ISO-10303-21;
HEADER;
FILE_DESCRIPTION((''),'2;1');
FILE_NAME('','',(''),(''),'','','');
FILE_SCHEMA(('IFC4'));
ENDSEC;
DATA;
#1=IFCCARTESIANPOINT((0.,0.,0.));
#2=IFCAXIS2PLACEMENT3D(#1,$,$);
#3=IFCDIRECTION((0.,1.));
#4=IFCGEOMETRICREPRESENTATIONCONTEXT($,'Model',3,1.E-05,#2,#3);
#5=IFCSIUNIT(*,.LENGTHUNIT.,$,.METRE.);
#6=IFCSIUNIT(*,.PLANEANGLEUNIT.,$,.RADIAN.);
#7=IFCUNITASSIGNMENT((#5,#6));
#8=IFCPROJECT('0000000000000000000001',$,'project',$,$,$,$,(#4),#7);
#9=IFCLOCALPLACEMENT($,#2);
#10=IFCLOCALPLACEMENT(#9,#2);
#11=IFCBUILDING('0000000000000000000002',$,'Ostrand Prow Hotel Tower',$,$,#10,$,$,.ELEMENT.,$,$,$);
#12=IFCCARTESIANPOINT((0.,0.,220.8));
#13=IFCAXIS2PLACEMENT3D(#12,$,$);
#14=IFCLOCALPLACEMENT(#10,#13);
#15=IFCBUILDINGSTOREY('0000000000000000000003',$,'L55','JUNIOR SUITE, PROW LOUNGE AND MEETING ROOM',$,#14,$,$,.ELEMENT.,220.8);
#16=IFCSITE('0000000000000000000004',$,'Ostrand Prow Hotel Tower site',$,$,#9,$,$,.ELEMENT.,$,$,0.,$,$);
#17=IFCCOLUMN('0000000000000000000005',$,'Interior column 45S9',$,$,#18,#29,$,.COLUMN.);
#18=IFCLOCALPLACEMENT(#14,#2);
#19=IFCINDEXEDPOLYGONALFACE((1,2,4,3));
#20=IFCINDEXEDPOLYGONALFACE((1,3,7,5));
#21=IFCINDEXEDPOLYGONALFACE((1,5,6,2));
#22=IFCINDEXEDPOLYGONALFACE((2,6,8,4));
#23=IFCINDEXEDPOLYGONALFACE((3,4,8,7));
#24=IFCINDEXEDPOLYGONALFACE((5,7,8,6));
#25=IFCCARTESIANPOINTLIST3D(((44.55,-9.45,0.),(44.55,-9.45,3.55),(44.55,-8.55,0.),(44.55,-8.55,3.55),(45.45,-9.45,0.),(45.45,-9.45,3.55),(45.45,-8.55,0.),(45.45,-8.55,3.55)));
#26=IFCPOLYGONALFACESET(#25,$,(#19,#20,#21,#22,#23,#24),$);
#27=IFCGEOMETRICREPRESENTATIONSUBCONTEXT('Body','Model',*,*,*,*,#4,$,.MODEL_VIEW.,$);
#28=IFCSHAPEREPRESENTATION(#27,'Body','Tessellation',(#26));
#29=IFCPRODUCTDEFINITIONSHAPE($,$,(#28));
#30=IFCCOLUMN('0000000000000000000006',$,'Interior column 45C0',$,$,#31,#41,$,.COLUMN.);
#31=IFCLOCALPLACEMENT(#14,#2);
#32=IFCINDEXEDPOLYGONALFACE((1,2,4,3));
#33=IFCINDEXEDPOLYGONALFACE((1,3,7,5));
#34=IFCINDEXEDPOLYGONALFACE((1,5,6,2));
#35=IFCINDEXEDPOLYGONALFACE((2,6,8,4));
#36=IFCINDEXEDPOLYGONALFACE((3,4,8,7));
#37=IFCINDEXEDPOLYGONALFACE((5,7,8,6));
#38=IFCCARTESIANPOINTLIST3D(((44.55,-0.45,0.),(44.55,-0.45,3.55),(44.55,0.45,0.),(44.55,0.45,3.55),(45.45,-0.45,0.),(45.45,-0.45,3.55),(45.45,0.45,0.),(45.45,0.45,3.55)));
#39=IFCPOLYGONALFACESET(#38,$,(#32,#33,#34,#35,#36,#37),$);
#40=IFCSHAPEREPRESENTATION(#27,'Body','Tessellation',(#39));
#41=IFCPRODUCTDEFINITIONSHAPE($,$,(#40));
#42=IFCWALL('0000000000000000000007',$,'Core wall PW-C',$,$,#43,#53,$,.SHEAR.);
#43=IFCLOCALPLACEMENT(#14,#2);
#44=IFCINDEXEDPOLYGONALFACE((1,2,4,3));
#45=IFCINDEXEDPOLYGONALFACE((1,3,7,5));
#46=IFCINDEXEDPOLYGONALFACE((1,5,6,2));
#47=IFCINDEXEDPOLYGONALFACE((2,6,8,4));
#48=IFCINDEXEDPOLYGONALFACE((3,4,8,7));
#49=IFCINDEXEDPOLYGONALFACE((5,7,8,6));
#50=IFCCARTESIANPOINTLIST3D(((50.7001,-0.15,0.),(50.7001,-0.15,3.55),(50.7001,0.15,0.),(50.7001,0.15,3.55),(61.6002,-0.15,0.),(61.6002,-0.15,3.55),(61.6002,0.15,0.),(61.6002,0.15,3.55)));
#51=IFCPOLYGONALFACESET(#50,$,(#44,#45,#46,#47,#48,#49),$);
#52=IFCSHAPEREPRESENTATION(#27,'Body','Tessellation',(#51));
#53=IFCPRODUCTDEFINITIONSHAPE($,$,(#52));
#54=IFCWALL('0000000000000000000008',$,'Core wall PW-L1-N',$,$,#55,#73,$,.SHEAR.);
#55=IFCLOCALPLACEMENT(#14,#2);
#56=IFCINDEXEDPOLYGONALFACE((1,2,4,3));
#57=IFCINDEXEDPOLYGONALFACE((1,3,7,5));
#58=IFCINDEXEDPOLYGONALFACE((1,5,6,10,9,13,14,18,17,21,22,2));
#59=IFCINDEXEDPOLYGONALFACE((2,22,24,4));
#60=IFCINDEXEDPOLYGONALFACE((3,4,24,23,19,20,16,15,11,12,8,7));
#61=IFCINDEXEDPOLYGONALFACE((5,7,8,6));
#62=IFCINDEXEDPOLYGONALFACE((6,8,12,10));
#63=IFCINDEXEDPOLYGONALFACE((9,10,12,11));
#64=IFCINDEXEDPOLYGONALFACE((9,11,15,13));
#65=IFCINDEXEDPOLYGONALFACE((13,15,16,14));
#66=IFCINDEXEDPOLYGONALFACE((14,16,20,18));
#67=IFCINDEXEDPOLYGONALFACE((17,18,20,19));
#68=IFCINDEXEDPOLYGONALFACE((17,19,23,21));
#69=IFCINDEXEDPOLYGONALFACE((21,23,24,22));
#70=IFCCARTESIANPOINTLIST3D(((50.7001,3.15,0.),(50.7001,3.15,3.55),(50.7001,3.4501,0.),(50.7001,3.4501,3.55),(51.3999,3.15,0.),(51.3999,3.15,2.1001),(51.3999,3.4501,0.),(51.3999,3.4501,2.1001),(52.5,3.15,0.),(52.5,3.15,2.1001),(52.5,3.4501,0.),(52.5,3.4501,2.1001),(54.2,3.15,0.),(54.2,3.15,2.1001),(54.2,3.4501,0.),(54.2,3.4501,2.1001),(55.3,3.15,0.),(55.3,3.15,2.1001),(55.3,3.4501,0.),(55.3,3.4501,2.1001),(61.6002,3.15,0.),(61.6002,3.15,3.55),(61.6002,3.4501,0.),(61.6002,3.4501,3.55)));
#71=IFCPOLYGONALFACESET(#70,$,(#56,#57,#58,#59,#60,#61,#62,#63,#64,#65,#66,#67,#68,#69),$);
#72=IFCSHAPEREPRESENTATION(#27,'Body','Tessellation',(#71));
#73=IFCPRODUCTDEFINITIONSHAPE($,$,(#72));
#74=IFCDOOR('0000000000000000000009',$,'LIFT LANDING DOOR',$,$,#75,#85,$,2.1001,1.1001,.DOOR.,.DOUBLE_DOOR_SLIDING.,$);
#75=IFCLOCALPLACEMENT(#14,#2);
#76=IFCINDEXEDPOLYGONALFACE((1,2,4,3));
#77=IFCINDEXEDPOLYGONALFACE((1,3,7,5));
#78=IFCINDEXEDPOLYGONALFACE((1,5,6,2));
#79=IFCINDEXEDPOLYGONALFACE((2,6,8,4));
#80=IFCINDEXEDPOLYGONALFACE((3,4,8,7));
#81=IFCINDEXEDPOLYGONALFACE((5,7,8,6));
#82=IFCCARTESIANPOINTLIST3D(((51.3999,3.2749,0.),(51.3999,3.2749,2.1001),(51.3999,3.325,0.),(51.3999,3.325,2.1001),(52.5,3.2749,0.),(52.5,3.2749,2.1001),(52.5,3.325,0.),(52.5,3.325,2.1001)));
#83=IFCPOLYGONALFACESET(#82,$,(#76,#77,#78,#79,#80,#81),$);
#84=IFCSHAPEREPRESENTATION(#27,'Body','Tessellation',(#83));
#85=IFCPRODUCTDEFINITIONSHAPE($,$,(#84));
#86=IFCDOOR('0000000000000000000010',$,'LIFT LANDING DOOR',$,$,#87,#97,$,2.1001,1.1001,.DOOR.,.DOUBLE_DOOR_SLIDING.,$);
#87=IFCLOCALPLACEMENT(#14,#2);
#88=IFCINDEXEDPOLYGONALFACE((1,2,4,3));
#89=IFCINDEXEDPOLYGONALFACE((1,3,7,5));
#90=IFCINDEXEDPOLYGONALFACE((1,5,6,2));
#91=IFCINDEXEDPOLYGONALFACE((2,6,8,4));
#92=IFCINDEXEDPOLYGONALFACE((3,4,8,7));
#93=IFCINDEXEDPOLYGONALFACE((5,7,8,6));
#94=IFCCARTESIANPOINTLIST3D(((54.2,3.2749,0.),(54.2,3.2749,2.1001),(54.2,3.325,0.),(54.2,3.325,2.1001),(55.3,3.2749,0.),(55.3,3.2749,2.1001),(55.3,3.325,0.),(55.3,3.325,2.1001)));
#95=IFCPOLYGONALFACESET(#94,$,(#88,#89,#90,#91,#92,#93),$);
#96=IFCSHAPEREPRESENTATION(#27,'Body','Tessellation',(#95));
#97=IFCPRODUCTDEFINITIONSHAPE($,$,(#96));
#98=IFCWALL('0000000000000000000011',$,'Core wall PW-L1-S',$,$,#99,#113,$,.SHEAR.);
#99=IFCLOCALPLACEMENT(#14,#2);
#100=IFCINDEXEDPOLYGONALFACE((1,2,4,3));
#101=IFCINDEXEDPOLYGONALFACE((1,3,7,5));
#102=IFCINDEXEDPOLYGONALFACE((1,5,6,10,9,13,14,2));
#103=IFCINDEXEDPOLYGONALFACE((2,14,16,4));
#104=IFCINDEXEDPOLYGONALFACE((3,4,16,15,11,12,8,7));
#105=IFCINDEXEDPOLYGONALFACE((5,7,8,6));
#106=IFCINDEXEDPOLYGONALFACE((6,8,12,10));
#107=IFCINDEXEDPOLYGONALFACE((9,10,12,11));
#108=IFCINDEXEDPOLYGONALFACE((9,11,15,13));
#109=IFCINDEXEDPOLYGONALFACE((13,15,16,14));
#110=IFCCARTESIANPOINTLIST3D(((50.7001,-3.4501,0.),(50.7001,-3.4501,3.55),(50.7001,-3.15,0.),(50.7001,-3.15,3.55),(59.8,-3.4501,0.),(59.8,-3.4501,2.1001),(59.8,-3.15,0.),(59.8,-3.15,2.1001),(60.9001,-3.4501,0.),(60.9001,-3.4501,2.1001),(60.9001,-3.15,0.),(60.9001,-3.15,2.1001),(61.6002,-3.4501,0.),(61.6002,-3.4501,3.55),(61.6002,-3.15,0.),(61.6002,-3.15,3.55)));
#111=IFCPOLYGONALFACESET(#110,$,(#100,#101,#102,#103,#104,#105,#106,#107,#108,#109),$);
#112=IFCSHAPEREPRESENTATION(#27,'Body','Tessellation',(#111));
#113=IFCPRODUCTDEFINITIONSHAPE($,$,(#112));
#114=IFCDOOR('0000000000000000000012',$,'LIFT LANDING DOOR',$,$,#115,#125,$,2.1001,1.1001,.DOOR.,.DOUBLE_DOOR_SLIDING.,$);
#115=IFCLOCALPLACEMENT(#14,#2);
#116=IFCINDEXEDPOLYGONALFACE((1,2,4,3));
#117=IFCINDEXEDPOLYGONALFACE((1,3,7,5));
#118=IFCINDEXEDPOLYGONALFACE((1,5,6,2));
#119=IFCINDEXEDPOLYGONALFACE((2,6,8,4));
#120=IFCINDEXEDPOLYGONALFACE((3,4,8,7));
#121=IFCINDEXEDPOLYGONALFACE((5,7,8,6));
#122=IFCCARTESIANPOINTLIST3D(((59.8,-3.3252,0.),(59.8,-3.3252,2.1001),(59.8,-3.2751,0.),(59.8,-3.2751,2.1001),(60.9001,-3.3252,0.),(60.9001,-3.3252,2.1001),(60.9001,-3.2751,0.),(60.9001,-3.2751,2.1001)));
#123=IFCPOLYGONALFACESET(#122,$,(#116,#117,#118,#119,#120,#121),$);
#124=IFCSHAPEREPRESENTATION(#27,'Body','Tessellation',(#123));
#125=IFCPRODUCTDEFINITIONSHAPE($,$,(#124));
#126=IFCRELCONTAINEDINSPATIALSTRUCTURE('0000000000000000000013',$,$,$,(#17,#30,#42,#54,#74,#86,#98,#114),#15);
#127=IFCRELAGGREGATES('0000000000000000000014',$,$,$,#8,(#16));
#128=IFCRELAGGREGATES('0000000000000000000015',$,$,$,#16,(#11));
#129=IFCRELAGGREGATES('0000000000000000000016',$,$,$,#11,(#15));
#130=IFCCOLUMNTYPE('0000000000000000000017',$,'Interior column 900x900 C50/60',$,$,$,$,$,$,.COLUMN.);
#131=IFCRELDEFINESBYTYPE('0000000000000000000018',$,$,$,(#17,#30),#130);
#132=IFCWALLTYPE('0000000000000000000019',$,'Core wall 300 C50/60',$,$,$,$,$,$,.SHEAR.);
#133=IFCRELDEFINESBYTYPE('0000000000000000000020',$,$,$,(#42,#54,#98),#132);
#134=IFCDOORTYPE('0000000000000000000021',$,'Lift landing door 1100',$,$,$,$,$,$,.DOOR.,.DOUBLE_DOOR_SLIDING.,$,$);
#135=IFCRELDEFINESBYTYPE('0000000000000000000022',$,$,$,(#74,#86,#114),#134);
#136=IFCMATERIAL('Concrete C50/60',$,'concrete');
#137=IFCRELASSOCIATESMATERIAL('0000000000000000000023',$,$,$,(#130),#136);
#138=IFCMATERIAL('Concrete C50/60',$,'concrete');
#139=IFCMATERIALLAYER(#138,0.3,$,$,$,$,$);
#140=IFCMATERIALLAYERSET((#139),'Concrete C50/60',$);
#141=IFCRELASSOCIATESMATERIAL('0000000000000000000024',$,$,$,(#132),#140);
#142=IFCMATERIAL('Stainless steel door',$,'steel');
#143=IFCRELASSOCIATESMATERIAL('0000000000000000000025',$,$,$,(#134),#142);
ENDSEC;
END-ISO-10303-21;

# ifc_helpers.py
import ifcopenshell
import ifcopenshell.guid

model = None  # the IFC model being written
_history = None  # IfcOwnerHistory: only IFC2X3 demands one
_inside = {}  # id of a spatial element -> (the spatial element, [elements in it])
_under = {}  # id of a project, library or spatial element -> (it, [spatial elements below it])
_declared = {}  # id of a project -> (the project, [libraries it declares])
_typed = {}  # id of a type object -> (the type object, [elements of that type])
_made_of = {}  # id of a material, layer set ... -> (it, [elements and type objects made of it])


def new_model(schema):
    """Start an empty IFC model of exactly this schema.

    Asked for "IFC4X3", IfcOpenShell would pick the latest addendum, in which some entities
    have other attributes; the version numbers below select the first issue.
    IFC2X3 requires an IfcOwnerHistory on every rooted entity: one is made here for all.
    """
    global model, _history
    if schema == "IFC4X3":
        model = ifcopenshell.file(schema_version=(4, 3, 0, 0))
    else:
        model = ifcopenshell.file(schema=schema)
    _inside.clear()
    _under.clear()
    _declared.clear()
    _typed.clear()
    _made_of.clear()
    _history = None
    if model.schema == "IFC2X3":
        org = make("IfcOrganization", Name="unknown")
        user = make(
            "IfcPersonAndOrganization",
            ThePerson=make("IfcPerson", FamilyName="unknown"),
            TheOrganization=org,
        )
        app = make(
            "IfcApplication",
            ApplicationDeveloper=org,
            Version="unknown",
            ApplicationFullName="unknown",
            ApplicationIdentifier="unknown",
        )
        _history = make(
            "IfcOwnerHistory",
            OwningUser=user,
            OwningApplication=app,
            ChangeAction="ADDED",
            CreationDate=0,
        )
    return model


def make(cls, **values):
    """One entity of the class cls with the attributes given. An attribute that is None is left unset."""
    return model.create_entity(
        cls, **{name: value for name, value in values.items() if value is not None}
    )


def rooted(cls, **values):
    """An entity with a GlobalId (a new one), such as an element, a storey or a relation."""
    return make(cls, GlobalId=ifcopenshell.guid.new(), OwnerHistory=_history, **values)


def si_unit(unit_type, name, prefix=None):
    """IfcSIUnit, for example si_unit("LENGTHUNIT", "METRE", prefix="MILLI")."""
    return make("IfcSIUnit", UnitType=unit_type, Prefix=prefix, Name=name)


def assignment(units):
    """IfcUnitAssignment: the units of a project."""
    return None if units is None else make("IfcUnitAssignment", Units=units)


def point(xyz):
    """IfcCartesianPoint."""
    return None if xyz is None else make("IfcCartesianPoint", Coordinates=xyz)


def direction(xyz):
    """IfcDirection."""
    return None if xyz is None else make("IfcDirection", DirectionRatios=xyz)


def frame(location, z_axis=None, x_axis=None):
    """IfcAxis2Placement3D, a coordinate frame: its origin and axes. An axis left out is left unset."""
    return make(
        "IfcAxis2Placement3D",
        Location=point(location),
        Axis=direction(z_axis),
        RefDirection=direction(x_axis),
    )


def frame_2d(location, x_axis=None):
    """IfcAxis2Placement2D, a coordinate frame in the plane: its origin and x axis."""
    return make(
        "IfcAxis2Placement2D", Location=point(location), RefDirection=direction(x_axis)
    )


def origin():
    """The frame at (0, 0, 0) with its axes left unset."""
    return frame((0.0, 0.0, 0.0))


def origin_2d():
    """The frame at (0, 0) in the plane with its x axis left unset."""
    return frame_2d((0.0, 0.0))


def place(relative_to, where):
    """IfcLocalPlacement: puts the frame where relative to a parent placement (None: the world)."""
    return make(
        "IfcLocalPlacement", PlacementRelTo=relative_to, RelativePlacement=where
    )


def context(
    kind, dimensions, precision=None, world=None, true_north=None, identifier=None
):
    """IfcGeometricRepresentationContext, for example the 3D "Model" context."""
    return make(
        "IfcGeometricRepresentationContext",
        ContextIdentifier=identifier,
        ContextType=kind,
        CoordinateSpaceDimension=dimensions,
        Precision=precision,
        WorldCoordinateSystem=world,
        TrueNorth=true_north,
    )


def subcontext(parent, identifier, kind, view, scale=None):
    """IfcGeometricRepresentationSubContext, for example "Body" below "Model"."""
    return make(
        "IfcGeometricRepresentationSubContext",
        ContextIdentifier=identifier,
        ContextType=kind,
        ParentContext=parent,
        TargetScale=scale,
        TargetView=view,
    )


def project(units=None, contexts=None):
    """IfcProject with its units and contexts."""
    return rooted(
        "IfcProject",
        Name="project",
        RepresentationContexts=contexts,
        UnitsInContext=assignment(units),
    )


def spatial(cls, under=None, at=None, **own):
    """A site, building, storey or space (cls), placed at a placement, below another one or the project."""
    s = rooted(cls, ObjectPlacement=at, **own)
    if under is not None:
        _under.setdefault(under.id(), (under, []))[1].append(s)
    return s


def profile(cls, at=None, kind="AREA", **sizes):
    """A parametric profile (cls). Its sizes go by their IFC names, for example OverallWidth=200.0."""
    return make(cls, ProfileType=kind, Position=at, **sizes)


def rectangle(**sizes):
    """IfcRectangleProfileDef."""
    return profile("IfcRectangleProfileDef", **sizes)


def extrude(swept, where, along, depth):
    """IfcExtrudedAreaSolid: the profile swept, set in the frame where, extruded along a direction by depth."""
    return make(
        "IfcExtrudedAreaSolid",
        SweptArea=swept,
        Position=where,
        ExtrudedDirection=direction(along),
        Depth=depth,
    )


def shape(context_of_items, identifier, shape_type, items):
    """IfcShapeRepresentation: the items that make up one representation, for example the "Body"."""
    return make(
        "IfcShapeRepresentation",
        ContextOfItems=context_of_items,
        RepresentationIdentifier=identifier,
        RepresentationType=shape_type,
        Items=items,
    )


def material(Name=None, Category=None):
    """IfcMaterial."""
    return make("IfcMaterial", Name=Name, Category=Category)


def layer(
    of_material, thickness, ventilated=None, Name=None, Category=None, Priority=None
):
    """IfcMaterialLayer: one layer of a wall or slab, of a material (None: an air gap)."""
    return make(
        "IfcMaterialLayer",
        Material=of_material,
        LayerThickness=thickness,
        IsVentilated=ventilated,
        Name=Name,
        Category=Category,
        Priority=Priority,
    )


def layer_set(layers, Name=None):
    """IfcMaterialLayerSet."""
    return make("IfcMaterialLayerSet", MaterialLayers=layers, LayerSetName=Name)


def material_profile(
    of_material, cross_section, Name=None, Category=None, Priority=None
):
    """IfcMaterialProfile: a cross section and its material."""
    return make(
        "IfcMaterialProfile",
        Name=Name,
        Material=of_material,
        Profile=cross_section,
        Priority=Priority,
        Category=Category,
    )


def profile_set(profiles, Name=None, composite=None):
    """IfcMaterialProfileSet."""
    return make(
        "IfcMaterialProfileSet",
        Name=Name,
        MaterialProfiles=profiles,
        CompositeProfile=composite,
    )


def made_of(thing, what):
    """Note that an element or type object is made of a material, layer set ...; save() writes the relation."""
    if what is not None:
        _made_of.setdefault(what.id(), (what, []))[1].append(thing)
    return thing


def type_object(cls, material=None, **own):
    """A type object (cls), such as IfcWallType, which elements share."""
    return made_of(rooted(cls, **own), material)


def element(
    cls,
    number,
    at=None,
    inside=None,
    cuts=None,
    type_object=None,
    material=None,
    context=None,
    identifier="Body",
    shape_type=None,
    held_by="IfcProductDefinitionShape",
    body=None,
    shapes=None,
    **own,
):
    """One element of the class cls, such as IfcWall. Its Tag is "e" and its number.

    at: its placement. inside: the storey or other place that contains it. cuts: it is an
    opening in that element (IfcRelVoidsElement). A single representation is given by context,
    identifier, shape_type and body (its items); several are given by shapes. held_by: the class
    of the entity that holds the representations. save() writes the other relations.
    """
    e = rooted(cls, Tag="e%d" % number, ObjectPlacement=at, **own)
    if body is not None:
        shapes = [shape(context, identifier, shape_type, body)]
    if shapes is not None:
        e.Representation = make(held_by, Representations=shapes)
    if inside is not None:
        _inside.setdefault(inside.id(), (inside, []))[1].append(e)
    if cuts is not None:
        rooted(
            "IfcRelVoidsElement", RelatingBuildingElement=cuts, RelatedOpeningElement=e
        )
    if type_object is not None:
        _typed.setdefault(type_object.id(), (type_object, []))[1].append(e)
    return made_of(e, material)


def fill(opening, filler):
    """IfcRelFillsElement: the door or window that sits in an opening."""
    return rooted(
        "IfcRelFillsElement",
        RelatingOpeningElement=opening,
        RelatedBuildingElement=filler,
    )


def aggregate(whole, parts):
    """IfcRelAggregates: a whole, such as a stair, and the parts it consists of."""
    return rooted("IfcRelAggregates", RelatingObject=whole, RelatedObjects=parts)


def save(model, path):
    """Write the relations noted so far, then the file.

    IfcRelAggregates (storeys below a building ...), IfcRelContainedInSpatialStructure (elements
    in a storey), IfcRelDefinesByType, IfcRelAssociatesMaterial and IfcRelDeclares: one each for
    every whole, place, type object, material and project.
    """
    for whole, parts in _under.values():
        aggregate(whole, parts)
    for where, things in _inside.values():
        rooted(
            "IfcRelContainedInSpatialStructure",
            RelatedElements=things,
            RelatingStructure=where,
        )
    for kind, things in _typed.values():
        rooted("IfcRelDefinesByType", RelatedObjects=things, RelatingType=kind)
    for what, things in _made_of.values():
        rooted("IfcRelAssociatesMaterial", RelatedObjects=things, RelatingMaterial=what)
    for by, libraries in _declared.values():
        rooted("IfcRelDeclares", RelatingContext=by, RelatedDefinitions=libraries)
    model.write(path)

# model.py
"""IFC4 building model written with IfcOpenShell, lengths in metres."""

from ifc_helpers import new_model, si_unit, direction, frame, frame_2d, origin, origin_2d, place, context, subcontext, project, spatial, rectangle, extrude, material, layer, layer_set, material_profile, profile_set, type_object, element, fill, save


model = new_model("IFC4")

# Units and contexts
model_context = context("Model", 3, precision=1e-05, world=origin(), true_north=direction((0.0, 1.0)))
body_context = subcontext(model_context, "Body", "Model", "MODEL_VIEW")
ifc_project = project(units=[si_unit("LENGTHUNIT", "METRE"), si_unit("PLANEANGLEUNIT", "RADIAN")], contexts=[model_context])

# Site, building, storey
site_placement = place(None, origin())
site = spatial("IfcSite", under=ifc_project, at=site_placement, Name="Ostrand Prow Hotel Tower site", CompositionType="ELEMENT", RefElevation=0.0)
building_placement = place(site_placement, origin())
building = spatial("IfcBuilding", under=site, at=building_placement, Name="Ostrand Prow Hotel Tower", CompositionType="ELEMENT")
storey_placement = place(building_placement, frame((0.0, 0.0, 220.8)))
storey = spatial("IfcBuildingStorey", under=building, at=storey_placement, Name="L55", Description="JUNIOR SUITE, PROW LOUNGE AND MEETING ROOM", CompositionType="ELEMENT", Elevation=220.8)

# Columns
ifc_material_1 = material(Name="Concrete C50/60", Category="concrete")
ifc_material_profile = material_profile(ifc_material_1, rectangle(XDim=0.8999, YDim=0.8999, at=origin_2d()), Name="RC 900x900")
ifc_profile_set = profile_set([ifc_material_profile], Name="Concrete C50/60")
column_type = type_object("IfcColumnType", Name="Interior column 900x900 C50/60", PredefinedType="COLUMN", material=ifc_profile_set)
for number, where, z_axis, x_axis, name in (
    (1, (45.0, -9.0, 0.0), (0.0, 0.0, 1.0), (1.0, 0.0, 0.0), "Interior column 45S9"),
    (2, (45.0, 0.0, 0.0), (0.0, 0.0, 1.0), (1.0, 0.0, 0.0), "Interior column 45C0"),
):
    element("IfcColumn", number, at=place(storey_placement, frame(where, z_axis=z_axis, x_axis=x_axis)), inside=storey, type_object=column_type, Name=name, PredefinedType="COLUMN", context=body_context, shape_type="SweptSolid", body=[
        extrude(rectangle(XDim=0.8999, YDim=0.8999, at=origin_2d()), origin(), (0.0, 0.0, 1.0), 3.55),
    ])

# Wall
ifc_material_2 = material(Name="Concrete C50/60", Category="concrete")
ifc_layer_1 = layer(ifc_material_2, 0.3)
ifc_layer_set_1 = layer_set([ifc_layer_1], Name="Concrete C50/60")
wall_type_1 = type_object("IfcWallType", Name="Core wall 300 C50/60", PredefinedType="SHEAR", material=ifc_layer_set_1)
wall_1_placement = place(storey_placement, frame((50.7, 0.0, 0.0), z_axis=(0.0, 0.0, 1.0), x_axis=(1.0, 0.0, 0.0)))
element("IfcWall", 3, at=wall_1_placement, inside=storey, type_object=wall_type_1, Name="Core wall PW-C", PredefinedType="SHEAR", context=body_context, shape_type="SweptSolid", body=[
    extrude(rectangle(XDim=10.9001, YDim=0.3, at=frame_2d((5.4502, 0.0))), origin(), (0.0, 0.0, 1.0), 3.55),
])

# Wall, openings, doors
wall_2_placement = place(storey_placement, frame((50.7, 3.3, 0.0), z_axis=(0.0, 0.0, 1.0), x_axis=(1.0, 0.0, 0.0)))
wall_2 = element("IfcWall", 4, at=wall_2_placement, inside=storey, type_object=wall_type_1, Name="Core wall PW-L1-N", PredefinedType="SHEAR", context=body_context, shape_type="SweptSolid", body=[
    extrude(rectangle(XDim=10.9001, YDim=0.3, at=frame_2d((5.4502, 0.0))), origin(), (0.0, 0.0, 1.0), 3.55),
])
opening_1_placement = place(wall_2_placement, frame((0.7, 0.0, 0.0)))
opening_1 = element("IfcOpeningElement", 5, at=opening_1_placement, cuts=wall_2, PredefinedType="OPENING", context=body_context, shape_type="SweptSolid", body=[
    extrude(rectangle(XDim=1.1001, YDim=2.1001, at=frame_2d((0.55, 1.05))), frame((0.0, 0.1599, 0.0), z_axis=(0.0, -1.0, 0.0), x_axis=(1.0, 0.0, 0.0)), (0.0, 0.0, 1.0), 0.3201),
])
opening_2_placement = place(wall_2_placement, frame((3.5, 0.0, 0.0)))
opening_2 = element("IfcOpeningElement", 6, at=opening_2_placement, cuts=wall_2, PredefinedType="OPENING", context=body_context, shape_type="SweptSolid", body=[
    extrude(rectangle(XDim=1.1001, YDim=2.1001, at=frame_2d((0.55, 1.05))), frame((0.0, 0.1599, 0.0), z_axis=(0.0, -1.0, 0.0), x_axis=(1.0, 0.0, 0.0)), (0.0, 0.0, 1.0), 0.3201),
])
ifc_material_3 = material(Name="Stainless steel door", Category="steel")
door_type_1 = type_object("IfcDoorType", Name="Lift landing door 1100", OperationType="DOUBLE_DOOR_SLIDING", PredefinedType="DOOR", material=ifc_material_3)
door_1_placement = place(opening_1_placement, origin())
door_1 = element("IfcDoor", 7, at=door_1_placement, inside=storey, type_object=door_type_1, Name="LIFT LANDING DOOR", OperationType="DOUBLE_DOOR_SLIDING", OverallHeight=2.1001, OverallWidth=1.1001, PredefinedType="DOOR", context=body_context, shape_type="SweptSolid", body=[
    extrude(rectangle(XDim=1.1001, YDim=2.1001, at=frame_2d((0.55, 1.05))), frame((0.0, 0.0249, 0.0), z_axis=(0.0, -1.0, 0.0), x_axis=(1.0, 0.0, 0.0)), (0.0, 0.0, 1.0), 0.05),
])
fill(opening_1, door_1)
door_2_placement = place(opening_2_placement, origin())
door_2 = element("IfcDoor", 8, at=door_2_placement, inside=storey, type_object=door_type_1, Name="LIFT LANDING DOOR", OperationType="DOUBLE_DOOR_SLIDING", OverallHeight=2.1001, OverallWidth=1.1001, PredefinedType="DOOR", context=body_context, shape_type="SweptSolid", body=[
    extrude(rectangle(XDim=1.1001, YDim=2.1001, at=frame_2d((0.55, 1.05))), frame((0.0, 0.0249, 0.0), z_axis=(0.0, -1.0, 0.0), x_axis=(1.0, 0.0, 0.0)), (0.0, 0.0, 1.0), 0.05),
])
fill(opening_2, door_2)

# Wall, opening, door
wall_3_placement = place(storey_placement, frame((50.7, -3.3, 0.0), z_axis=(0.0, 0.0, 1.0), x_axis=(1.0, 0.0, 0.0)))
wall_3 = element("IfcWall", 9, at=wall_3_placement, inside=storey, type_object=wall_type_1, Name="Core wall PW-L1-S", PredefinedType="SHEAR", context=body_context, shape_type="SweptSolid", body=[
    extrude(rectangle(XDim=10.9001, YDim=0.3, at=frame_2d((5.4502, 0.0))), origin(), (0.0, 0.0, 1.0), 3.55),
])
opening_3_placement = place(wall_3_placement, frame((9.1001, 0.0, 0.0)))
opening_3 = element("IfcOpeningElement", 10, at=opening_3_placement, cuts=wall_3, PredefinedType="OPENING", context=body_context, shape_type="SweptSolid", body=[
    extrude(rectangle(XDim=1.1001, YDim=2.1001, at=frame_2d((0.55, 1.05))), frame((0.0, 0.1599, 0.0), z_axis=(0.0, -1.0, 0.0), x_axis=(1.0, 0.0, 0.0)), (0.0, 0.0, 1.0), 0.3201),
])
door_3_placement = place(opening_3_placement, origin())
door_3 = element("IfcDoor", 11, at=door_3_placement, inside=storey, type_object=door_type_1, Name="LIFT LANDING DOOR", OperationType="DOUBLE_DOOR_SLIDING", OverallHeight=2.1001, OverallWidth=1.1001, PredefinedType="DOOR", context=body_context, shape_type="SweptSolid", body=[
    extrude(rectangle(XDim=1.1001, YDim=2.1001, at=frame_2d((0.55, 1.05))), frame((0.0, 0.0249, 0.0), z_axis=(0.0, -1.0, 0.0), x_axis=(1.0, 0.0, 0.0)), (0.0, 0.0, 1.0), 0.05),
])
fill(opening_3, door_3)

save(model, "model.ifc")
